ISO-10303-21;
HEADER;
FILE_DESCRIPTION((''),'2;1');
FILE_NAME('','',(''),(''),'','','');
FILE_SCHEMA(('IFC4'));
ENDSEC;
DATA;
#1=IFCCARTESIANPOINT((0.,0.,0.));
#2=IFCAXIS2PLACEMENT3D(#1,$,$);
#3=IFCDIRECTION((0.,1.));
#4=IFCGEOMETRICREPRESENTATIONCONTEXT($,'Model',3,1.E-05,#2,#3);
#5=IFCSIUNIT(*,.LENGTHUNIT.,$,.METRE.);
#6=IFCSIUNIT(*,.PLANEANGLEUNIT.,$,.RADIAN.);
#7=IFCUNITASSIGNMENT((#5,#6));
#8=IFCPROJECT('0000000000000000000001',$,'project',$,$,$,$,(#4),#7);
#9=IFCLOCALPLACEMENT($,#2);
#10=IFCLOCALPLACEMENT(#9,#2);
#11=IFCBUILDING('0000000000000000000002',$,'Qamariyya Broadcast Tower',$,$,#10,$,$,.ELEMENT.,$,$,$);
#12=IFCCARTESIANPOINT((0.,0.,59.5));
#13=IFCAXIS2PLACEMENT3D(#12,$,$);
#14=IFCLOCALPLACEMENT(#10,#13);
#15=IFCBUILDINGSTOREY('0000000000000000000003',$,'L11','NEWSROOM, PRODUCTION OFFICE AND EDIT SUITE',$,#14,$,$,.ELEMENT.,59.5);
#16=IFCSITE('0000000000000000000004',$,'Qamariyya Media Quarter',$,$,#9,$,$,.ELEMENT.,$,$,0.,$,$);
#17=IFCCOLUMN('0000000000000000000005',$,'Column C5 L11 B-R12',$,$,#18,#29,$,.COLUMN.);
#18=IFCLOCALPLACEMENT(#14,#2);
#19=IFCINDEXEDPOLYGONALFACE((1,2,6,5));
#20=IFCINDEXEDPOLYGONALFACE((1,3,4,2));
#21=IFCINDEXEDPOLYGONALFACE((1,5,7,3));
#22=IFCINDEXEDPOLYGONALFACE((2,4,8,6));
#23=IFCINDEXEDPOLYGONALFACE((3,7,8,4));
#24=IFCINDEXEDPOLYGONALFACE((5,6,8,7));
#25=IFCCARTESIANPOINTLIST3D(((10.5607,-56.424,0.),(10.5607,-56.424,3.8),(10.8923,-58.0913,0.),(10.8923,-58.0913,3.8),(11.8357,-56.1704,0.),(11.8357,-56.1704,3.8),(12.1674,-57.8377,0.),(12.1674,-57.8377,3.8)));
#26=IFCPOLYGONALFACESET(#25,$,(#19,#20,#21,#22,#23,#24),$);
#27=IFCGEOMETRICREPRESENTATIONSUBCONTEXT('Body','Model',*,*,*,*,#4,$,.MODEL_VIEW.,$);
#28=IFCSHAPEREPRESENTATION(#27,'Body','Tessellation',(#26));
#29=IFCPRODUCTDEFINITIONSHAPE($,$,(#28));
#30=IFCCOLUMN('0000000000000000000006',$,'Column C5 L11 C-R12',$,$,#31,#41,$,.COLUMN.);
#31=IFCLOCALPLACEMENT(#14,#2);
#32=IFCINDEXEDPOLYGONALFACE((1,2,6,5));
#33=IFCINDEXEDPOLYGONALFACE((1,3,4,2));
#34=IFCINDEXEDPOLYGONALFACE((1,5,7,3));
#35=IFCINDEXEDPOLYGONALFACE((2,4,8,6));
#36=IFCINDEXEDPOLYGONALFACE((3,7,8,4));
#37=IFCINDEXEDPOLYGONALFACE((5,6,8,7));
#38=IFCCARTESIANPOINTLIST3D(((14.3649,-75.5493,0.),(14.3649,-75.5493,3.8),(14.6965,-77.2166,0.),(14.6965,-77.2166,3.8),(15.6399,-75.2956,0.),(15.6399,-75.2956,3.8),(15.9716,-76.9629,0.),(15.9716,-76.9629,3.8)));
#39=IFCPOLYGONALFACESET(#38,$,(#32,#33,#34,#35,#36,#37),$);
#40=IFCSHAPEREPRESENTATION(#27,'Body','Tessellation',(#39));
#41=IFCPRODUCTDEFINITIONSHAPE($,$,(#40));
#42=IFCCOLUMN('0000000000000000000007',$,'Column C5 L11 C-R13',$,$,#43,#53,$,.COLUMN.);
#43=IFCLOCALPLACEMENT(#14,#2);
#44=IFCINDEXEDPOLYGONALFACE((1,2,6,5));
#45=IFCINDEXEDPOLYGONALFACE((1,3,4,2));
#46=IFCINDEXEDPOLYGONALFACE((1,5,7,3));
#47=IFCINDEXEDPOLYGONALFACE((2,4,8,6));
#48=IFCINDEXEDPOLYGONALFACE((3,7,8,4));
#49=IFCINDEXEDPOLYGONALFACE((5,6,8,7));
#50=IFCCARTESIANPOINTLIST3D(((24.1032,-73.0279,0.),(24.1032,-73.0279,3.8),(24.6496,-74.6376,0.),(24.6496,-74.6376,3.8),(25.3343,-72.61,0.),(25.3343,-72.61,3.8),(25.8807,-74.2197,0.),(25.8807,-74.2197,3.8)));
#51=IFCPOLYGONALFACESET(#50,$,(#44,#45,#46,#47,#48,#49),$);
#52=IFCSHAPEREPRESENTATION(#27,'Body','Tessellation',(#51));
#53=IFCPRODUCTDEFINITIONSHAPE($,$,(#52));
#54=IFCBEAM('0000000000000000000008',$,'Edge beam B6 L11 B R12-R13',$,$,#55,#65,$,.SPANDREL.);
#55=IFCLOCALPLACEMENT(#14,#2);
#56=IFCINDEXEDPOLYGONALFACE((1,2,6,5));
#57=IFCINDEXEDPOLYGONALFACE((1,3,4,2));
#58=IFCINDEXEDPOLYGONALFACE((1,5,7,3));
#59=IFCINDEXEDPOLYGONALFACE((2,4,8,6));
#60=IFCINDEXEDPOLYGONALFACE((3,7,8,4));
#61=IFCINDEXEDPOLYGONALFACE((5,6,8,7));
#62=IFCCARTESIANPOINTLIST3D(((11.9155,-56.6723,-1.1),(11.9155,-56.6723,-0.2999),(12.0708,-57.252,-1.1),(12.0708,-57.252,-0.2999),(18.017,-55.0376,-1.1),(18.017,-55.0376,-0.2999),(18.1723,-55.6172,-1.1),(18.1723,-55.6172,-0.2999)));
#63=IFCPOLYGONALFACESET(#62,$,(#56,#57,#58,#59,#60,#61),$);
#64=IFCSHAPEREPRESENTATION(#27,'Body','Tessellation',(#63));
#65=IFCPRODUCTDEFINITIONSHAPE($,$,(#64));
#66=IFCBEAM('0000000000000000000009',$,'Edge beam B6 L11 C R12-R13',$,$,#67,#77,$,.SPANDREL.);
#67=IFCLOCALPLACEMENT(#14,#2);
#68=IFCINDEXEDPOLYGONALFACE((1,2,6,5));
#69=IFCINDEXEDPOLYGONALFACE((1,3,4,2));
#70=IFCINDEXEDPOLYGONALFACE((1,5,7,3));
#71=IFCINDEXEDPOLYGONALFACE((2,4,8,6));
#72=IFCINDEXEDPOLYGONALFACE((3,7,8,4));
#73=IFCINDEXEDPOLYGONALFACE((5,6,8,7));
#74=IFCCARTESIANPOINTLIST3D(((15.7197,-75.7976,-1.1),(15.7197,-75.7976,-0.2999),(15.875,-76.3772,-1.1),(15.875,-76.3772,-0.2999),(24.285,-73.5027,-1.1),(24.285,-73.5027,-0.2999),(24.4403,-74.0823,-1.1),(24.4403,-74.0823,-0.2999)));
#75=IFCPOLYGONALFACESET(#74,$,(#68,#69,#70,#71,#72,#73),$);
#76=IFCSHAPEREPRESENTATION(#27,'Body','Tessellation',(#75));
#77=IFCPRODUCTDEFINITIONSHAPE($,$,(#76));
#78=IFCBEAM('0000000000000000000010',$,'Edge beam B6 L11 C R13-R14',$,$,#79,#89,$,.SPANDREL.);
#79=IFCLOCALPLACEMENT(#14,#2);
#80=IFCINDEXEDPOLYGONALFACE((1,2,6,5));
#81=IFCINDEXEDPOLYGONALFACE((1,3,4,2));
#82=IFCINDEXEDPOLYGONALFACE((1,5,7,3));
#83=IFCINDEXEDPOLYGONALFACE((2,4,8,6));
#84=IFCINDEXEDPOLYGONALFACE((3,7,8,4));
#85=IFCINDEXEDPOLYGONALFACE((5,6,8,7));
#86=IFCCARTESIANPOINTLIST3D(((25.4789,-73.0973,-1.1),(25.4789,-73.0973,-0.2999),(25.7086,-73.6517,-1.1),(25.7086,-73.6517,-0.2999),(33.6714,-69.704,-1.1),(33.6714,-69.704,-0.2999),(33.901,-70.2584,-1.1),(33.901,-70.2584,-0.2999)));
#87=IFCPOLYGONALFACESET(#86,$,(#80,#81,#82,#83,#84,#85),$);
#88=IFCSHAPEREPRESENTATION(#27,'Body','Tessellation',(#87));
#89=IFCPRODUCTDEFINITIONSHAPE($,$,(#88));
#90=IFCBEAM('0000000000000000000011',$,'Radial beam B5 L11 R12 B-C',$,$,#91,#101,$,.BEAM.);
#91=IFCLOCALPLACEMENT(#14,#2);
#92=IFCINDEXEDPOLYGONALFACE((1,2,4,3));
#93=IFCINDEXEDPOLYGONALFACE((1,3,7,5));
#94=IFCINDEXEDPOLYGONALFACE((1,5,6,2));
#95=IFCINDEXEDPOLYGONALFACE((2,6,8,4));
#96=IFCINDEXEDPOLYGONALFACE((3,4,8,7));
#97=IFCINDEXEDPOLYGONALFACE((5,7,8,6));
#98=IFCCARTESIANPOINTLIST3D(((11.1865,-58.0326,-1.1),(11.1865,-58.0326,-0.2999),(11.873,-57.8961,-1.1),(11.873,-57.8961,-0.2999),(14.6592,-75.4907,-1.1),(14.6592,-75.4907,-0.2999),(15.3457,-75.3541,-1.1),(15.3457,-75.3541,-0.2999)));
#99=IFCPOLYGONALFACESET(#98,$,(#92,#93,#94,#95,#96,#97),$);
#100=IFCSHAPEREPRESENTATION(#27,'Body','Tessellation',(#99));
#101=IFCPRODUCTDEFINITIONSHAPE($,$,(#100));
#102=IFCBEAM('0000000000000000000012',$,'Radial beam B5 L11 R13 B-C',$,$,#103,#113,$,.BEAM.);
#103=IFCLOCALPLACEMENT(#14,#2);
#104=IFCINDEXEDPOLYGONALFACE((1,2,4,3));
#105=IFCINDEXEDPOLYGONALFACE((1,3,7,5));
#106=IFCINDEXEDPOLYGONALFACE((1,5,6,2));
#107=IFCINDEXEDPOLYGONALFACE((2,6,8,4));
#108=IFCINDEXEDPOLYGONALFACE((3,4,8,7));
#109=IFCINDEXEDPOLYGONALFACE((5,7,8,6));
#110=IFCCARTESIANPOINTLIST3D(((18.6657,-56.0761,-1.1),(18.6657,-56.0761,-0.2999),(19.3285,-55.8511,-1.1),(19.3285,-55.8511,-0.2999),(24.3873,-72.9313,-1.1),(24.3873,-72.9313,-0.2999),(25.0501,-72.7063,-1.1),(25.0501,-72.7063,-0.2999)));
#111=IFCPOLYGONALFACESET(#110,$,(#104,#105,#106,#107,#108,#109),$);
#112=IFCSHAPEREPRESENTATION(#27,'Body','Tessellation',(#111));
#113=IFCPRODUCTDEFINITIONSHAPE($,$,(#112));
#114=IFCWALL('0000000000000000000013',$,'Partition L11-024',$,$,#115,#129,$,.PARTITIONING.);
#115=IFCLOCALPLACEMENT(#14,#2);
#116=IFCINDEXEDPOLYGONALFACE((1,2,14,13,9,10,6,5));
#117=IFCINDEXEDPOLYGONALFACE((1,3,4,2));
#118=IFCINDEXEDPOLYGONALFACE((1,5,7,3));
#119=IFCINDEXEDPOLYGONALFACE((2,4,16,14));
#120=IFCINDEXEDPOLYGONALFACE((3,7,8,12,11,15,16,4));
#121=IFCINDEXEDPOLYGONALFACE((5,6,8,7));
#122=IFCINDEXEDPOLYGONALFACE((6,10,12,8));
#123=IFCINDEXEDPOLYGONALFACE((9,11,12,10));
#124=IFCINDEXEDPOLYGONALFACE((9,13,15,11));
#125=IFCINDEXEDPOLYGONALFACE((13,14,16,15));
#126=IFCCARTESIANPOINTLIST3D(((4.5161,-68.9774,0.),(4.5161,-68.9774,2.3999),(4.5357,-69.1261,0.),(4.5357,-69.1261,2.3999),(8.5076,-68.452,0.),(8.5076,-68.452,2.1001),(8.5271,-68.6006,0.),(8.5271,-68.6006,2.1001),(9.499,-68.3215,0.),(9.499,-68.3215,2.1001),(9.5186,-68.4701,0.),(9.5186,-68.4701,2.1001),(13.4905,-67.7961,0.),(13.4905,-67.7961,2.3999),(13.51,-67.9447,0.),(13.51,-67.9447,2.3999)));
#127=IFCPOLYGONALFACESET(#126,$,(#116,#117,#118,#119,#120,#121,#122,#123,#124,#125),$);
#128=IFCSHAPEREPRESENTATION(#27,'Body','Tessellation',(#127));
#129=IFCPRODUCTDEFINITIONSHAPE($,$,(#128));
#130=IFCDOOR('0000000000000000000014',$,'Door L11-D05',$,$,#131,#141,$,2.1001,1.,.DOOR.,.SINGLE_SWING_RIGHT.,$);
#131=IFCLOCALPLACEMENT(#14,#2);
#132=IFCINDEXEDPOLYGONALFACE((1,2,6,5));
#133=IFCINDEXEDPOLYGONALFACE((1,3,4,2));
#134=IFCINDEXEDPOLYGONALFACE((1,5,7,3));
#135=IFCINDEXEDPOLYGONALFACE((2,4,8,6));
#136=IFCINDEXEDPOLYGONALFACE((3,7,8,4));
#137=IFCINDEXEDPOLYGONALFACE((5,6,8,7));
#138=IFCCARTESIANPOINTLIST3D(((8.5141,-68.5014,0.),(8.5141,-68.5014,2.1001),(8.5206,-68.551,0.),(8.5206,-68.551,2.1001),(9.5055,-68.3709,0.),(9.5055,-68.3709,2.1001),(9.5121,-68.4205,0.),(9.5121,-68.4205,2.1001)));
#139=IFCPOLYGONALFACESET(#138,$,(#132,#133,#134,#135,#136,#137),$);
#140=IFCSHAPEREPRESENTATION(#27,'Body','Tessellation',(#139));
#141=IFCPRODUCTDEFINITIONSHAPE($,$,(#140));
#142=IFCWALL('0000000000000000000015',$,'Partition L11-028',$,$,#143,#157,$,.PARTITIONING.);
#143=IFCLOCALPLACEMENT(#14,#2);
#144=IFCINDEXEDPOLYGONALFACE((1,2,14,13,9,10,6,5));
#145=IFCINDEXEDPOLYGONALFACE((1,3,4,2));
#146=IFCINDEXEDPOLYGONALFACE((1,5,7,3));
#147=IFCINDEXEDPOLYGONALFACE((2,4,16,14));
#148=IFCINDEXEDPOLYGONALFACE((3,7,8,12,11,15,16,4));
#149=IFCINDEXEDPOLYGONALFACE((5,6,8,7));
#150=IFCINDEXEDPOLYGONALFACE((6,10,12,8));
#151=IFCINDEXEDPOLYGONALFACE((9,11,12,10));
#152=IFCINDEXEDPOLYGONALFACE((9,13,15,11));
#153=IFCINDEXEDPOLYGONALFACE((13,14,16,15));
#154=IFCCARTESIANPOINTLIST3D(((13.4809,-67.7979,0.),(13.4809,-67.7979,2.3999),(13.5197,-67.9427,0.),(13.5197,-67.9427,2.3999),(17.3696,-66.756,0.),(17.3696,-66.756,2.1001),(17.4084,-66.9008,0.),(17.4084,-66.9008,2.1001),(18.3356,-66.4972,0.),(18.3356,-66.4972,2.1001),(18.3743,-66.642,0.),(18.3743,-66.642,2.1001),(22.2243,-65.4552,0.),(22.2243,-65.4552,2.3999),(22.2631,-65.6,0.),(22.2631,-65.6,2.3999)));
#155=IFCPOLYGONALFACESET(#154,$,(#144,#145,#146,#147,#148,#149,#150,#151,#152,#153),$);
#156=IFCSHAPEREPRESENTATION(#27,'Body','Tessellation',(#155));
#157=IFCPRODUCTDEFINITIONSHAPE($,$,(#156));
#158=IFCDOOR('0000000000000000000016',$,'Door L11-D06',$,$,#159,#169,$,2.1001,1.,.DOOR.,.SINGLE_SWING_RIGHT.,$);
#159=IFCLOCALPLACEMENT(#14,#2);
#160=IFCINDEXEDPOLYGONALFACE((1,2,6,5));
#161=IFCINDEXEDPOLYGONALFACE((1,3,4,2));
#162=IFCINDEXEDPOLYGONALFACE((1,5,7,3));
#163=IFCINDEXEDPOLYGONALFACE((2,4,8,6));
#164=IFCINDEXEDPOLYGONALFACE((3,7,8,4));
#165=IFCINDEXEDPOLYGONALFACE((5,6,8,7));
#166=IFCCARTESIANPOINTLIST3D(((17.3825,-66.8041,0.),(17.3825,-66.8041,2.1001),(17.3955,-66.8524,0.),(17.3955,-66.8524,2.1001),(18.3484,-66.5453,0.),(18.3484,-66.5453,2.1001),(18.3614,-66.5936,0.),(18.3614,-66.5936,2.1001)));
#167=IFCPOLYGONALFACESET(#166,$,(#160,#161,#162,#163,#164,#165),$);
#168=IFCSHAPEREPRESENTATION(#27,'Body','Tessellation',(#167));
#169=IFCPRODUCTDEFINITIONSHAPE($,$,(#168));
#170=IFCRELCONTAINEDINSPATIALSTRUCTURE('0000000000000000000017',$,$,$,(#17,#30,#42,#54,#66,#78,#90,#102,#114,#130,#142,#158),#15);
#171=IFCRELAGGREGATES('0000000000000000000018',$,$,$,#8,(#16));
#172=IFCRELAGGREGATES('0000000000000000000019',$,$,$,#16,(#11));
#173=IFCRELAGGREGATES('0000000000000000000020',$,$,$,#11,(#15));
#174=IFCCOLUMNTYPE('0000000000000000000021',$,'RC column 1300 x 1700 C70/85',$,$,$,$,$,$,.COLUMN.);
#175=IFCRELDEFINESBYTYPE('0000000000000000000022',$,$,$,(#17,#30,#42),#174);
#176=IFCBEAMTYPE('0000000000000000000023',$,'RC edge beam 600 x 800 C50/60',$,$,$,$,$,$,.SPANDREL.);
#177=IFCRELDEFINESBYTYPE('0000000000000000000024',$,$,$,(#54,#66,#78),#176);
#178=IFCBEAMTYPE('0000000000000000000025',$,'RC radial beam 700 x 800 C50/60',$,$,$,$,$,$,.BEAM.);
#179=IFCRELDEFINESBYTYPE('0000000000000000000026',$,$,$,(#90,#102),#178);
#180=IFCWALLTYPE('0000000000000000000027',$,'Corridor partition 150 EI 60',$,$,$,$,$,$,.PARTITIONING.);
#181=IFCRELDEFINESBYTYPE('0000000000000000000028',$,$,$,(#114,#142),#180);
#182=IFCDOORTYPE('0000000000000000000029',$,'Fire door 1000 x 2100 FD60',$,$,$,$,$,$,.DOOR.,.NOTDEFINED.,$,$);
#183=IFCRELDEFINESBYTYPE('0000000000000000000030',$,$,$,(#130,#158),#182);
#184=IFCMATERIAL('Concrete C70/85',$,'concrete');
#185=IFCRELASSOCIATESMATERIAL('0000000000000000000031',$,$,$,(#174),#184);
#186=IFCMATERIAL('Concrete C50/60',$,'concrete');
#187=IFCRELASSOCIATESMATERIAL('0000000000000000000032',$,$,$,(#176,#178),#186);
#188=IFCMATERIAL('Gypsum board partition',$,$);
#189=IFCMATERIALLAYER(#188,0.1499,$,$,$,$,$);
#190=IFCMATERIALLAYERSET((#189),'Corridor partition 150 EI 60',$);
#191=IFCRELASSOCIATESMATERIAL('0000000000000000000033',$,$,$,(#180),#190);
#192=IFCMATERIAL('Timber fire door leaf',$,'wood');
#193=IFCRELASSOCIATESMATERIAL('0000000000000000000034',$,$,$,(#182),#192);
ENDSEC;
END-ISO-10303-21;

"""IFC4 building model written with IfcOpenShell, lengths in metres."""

from ifc_helpers import new_model, si_unit, direction, frame, frame_2d, origin, origin_2d, place, context, subcontext, project, spatial, rectangle, extrude, material, layer, layer_set, material_profile, profile_set, type_object, element, fill, save


model = new_model("IFC4")

# Units and contexts
model_context = context("Model", 3, precision=1e-05, world=origin(), true_north=direction((0.0, 1.0)))
body_context = subcontext(model_context, "Body", "Model", "MODEL_VIEW")
ifc_project = project(units=[si_unit("LENGTHUNIT", "METRE"), si_unit("PLANEANGLEUNIT", "RADIAN")], contexts=[model_context])

# Site, building, storey
site_placement = place(None, origin())
site = spatial("IfcSite", under=ifc_project, at=site_placement, Name="Qamariyya Media Quarter", CompositionType="ELEMENT", RefElevation=0.0)
building_placement = place(site_placement, origin())
building = spatial("IfcBuilding", under=site, at=building_placement, Name="Qamariyya Broadcast Tower", CompositionType="ELEMENT")
storey_placement = place(building_placement, frame((0.0, 0.0, 59.5)))
storey = spatial("IfcBuildingStorey", under=building, at=storey_placement, Name="L11", Description="NEWSROOM, PRODUCTION OFFICE AND EDIT SUITE", CompositionType="ELEMENT", Elevation=59.5)

# Columns
ifc_material_1 = material(Name="Concrete C70/85", Category="concrete")
ifc_material_profile_1 = material_profile(ifc_material_1, rectangle(XDim=1.3, YDim=1.7, at=origin_2d()))
ifc_profile_set_1 = profile_set([ifc_material_profile_1], Name="Concrete C70/85")
column_type = type_object("IfcColumnType", Name="RC column 1300 x 1700 C70/85", PredefinedType="COLUMN", material=ifc_profile_set_1)
for number, where, z_axis, x_axis, name in (
    (1, (11.364, -57.1309, 0.0), (0.0, 0.0, 1.0), (0.980785, 0.19509, 0.0), "Column C5 L11 B-R12"),
    (2, (15.1682, -76.2561, 0.0), (0.0, 0.0, 1.0), (0.980785, 0.19509, 0.0), "Column C5 L11 C-R12"),
    (3, (24.9919, -73.6238, 0.0), (0.0, 0.0, 1.0), (0.94693, 0.321439, 0.0), "Column C5 L11 C-R13"),
):
    element("IfcColumn", number, at=place(storey_placement, frame(where, z_axis=z_axis, x_axis=x_axis)), inside=storey, type_object=column_type, Name=name, PredefinedType="COLUMN", context=body_context, shape_type="SweptSolid", body=[
        extrude(rectangle(XDim=1.3, YDim=1.7, at=origin_2d()), origin(), (0.0, 0.0, 1.0), 3.8),
    ])

# Beams
ifc_material_2 = material(Name="Concrete C50/60", Category="concrete")
ifc_material_profile_2 = material_profile(ifc_material_2, rectangle(XDim=0.6001, YDim=0.8, at=origin_2d()))
ifc_profile_set_2 = profile_set([ifc_material_profile_2], Name="Concrete C50/60")
beam_type_1 = type_object("IfcBeamType", Name="RC edge beam 600 x 800 C50/60", PredefinedType="SPANDREL", material=ifc_profile_set_2)
beam_1_placement = place(storey_placement, frame((11.9932, -56.9622, -0.7), z_axis=(0.965931, 0.258798, 0.0), x_axis=(-0.258798, 0.965931, 0.0)))
element("IfcBeam", 4, at=beam_1_placement, inside=storey, type_object=beam_type_1, Name="Edge beam B6 L11 B R12-R13", PredefinedType="SPANDREL", context=body_context, shape_type="SweptSolid", body=[
    extrude(rectangle(XDim=0.6001, YDim=0.8, at=origin_2d()), origin(), (0.0, 0.0, 1.0), 6.3167),
])
for number, where, z_axis, x_axis, name in (
    (5, (15.7974, -76.0874, -0.7), (0.965931, 0.2588, 0.0), (-0.2588, 0.965931, 0.0), "Edge beam B6 L11 C R12-R13"),
    (6, (25.5938, -73.3745, -0.7), (0.923883, 0.382675, 0.0), (-0.382675, 0.923883, 0.0), "Edge beam B6 L11 C R13-R14"),
):
    element("IfcBeam", number, at=place(storey_placement, frame(where, z_axis=z_axis, x_axis=x_axis)), inside=storey, type_object=beam_type_1, Name=name, PredefinedType="SPANDREL", context=body_context, shape_type="SweptSolid", body=[
        extrude(rectangle(XDim=0.6001, YDim=0.8, at=origin_2d()), origin(), (0.0, 0.0, 1.0), 8.8674),
    ])
ifc_material_profile_3 = material_profile(ifc_material_2, rectangle(XDim=0.7, YDim=0.8, at=origin_2d()))
ifc_profile_set_3 = profile_set([ifc_material_profile_3], Name="Concrete C50/60")
beam_type_2 = type_object("IfcBeamType", Name="RC radial beam 700 x 800 C50/60", PredefinedType="BEAM", material=ifc_profile_set_3)
beam_2_placement = place(storey_placement, frame((11.5298, -57.9644, -0.7), z_axis=(0.195093, -0.980785, 0.0), x_axis=(0.980785, 0.195093, 0.0)))
element("IfcBeam", 7, at=beam_2_placement, inside=storey, type_object=beam_type_2, Name="Radial beam B5 L11 R12 B-C", PredefinedType="BEAM", context=body_context, shape_type="SweptSolid", body=[
    extrude(rectangle(XDim=0.7, YDim=0.8, at=origin_2d()), origin(), (0.0, 0.0, 1.0), 17.8),
])
beam_3_placement = place(storey_placement, frame((18.9971, -55.9636, -0.7), z_axis=(0.321445, -0.946928, 0.0), x_axis=(0.946928, 0.321445, 0.0)))
element("IfcBeam", 8, at=beam_3_placement, inside=storey, type_object=beam_type_2, Name="Radial beam B5 L11 R13 B-C", PredefinedType="BEAM", context=body_context, shape_type="SweptSolid", body=[
    extrude(rectangle(XDim=0.7, YDim=0.8, at=origin_2d()), origin(), (0.0, 0.0, 1.0), 17.7998),
])

# Walls, openings, doors
ifc_material_3 = material(Name="Gypsum board partition")
ifc_layer_1 = layer(ifc_material_3, 0.1499)
ifc_layer_set_1 = layer_set([ifc_layer_1], Name="Corridor partition 150 EI 60")
wall_type_1 = type_object("IfcWallType", Name="Corridor partition 150 EI 60", PredefinedType="PARTITIONING", material=ifc_layer_set_1)
wall_1_placement = place(storey_placement, frame((13.5002, -67.8704, 0.0), z_axis=(0.0, 0.0, 1.0), x_axis=(-0.991446, -0.130515, 0.0)))
wall_1 = element("IfcWall", 9, at=wall_1_placement, inside=storey, type_object=wall_type_1, Name="Partition L11-024", PredefinedType="PARTITIONING", context=body_context, shape_type="SweptSolid", body=[
    extrude(rectangle(XDim=9.0518, YDim=0.1499, at=frame_2d((4.5259, 0.0))), origin(), (0.0, 0.0, 1.0), 2.3999),
])
opening_1_placement = place(wall_1_placement, frame((4.0259, 0.0, 0.0)))
opening_1 = element("IfcOpeningElement", 10, at=opening_1_placement, cuts=wall_1, PredefinedType="OPENING", context=body_context, shape_type="SweptSolid", body=[
    extrude(rectangle(XDim=1.0, YDim=2.1001, at=frame_2d((0.5, 1.05))), frame((0.0, 0.085, 0.0), z_axis=(0.0, -1.0, 0.0), x_axis=(1.0, 0.0, 0.0)), (0.0, 0.0, 1.0), 0.1699),
])
ifc_material_4 = material(Name="Timber fire door leaf", Category="wood")
door_type_1 = type_object("IfcDoorType", Name="Fire door 1000 x 2100 FD60", OperationType="NOTDEFINED", PredefinedType="DOOR", material=ifc_material_4)
door_1_placement = place(opening_1_placement, origin())
door_1 = element("IfcDoor", 11, at=door_1_placement, inside=storey, type_object=door_type_1, Name="Door L11-D05", OperationType="SINGLE_SWING_RIGHT", OverallHeight=2.1001, OverallWidth=1.0, PredefinedType="DOOR", context=body_context, shape_type="SweptSolid", body=[
    extrude(rectangle(XDim=1.0, YDim=2.1001, at=frame_2d((0.5, 1.05))), frame((0.0, 0.0249, 0.0), z_axis=(0.0, -1.0, 0.0), x_axis=(1.0, 0.0, 0.0)), (0.0, 0.0, 1.0), 0.05),
])
fill(opening_1, door_1)
wall_2_placement = place(storey_placement, frame((22.2437, -65.5276, 0.0), z_axis=(0.0, 0.0, 1.0), x_axis=(-0.965926, -0.258817, 0.0)))
wall_2 = element("IfcWall", 12, at=wall_2_placement, inside=storey, type_object=wall_type_1, Name="Partition L11-028", PredefinedType="PARTITIONING", context=body_context, shape_type="SweptSolid", body=[
    extrude(rectangle(XDim=9.0518, YDim=0.1499, at=frame_2d((4.5259, 0.0))), origin(), (0.0, 0.0, 1.0), 2.3999),
])
opening_2_placement = place(wall_2_placement, frame((4.0259, 0.0, 0.0)))
opening_2 = element("IfcOpeningElement", 13, at=opening_2_placement, cuts=wall_2, PredefinedType="OPENING", context=body_context, shape_type="SweptSolid", body=[
    extrude(rectangle(XDim=1.0, YDim=2.1001, at=frame_2d((0.5, 1.05))), frame((0.0, 0.085, 0.0), z_axis=(0.0, -1.0, 0.0), x_axis=(1.0, 0.0, 0.0)), (0.0, 0.0, 1.0), 0.1699),
])
door_2_placement = place(opening_2_placement, origin())
door_2 = element("IfcDoor", 14, at=door_2_placement, inside=storey, type_object=door_type_1, Name="Door L11-D06", OperationType="SINGLE_SWING_RIGHT", OverallHeight=2.1001, OverallWidth=1.0, PredefinedType="DOOR", context=body_context, shape_type="SweptSolid", body=[
    extrude(rectangle(XDim=1.0, YDim=2.1001, at=frame_2d((0.5, 1.05))), frame((0.0, 0.0249, 0.0), z_axis=(0.0, -1.0, 0.0), x_axis=(1.0, 0.0, 0.0)), (0.0, 0.0, 1.0), 0.05),
])
fill(opening_2, door_2)

save(model, "model.ifc")
